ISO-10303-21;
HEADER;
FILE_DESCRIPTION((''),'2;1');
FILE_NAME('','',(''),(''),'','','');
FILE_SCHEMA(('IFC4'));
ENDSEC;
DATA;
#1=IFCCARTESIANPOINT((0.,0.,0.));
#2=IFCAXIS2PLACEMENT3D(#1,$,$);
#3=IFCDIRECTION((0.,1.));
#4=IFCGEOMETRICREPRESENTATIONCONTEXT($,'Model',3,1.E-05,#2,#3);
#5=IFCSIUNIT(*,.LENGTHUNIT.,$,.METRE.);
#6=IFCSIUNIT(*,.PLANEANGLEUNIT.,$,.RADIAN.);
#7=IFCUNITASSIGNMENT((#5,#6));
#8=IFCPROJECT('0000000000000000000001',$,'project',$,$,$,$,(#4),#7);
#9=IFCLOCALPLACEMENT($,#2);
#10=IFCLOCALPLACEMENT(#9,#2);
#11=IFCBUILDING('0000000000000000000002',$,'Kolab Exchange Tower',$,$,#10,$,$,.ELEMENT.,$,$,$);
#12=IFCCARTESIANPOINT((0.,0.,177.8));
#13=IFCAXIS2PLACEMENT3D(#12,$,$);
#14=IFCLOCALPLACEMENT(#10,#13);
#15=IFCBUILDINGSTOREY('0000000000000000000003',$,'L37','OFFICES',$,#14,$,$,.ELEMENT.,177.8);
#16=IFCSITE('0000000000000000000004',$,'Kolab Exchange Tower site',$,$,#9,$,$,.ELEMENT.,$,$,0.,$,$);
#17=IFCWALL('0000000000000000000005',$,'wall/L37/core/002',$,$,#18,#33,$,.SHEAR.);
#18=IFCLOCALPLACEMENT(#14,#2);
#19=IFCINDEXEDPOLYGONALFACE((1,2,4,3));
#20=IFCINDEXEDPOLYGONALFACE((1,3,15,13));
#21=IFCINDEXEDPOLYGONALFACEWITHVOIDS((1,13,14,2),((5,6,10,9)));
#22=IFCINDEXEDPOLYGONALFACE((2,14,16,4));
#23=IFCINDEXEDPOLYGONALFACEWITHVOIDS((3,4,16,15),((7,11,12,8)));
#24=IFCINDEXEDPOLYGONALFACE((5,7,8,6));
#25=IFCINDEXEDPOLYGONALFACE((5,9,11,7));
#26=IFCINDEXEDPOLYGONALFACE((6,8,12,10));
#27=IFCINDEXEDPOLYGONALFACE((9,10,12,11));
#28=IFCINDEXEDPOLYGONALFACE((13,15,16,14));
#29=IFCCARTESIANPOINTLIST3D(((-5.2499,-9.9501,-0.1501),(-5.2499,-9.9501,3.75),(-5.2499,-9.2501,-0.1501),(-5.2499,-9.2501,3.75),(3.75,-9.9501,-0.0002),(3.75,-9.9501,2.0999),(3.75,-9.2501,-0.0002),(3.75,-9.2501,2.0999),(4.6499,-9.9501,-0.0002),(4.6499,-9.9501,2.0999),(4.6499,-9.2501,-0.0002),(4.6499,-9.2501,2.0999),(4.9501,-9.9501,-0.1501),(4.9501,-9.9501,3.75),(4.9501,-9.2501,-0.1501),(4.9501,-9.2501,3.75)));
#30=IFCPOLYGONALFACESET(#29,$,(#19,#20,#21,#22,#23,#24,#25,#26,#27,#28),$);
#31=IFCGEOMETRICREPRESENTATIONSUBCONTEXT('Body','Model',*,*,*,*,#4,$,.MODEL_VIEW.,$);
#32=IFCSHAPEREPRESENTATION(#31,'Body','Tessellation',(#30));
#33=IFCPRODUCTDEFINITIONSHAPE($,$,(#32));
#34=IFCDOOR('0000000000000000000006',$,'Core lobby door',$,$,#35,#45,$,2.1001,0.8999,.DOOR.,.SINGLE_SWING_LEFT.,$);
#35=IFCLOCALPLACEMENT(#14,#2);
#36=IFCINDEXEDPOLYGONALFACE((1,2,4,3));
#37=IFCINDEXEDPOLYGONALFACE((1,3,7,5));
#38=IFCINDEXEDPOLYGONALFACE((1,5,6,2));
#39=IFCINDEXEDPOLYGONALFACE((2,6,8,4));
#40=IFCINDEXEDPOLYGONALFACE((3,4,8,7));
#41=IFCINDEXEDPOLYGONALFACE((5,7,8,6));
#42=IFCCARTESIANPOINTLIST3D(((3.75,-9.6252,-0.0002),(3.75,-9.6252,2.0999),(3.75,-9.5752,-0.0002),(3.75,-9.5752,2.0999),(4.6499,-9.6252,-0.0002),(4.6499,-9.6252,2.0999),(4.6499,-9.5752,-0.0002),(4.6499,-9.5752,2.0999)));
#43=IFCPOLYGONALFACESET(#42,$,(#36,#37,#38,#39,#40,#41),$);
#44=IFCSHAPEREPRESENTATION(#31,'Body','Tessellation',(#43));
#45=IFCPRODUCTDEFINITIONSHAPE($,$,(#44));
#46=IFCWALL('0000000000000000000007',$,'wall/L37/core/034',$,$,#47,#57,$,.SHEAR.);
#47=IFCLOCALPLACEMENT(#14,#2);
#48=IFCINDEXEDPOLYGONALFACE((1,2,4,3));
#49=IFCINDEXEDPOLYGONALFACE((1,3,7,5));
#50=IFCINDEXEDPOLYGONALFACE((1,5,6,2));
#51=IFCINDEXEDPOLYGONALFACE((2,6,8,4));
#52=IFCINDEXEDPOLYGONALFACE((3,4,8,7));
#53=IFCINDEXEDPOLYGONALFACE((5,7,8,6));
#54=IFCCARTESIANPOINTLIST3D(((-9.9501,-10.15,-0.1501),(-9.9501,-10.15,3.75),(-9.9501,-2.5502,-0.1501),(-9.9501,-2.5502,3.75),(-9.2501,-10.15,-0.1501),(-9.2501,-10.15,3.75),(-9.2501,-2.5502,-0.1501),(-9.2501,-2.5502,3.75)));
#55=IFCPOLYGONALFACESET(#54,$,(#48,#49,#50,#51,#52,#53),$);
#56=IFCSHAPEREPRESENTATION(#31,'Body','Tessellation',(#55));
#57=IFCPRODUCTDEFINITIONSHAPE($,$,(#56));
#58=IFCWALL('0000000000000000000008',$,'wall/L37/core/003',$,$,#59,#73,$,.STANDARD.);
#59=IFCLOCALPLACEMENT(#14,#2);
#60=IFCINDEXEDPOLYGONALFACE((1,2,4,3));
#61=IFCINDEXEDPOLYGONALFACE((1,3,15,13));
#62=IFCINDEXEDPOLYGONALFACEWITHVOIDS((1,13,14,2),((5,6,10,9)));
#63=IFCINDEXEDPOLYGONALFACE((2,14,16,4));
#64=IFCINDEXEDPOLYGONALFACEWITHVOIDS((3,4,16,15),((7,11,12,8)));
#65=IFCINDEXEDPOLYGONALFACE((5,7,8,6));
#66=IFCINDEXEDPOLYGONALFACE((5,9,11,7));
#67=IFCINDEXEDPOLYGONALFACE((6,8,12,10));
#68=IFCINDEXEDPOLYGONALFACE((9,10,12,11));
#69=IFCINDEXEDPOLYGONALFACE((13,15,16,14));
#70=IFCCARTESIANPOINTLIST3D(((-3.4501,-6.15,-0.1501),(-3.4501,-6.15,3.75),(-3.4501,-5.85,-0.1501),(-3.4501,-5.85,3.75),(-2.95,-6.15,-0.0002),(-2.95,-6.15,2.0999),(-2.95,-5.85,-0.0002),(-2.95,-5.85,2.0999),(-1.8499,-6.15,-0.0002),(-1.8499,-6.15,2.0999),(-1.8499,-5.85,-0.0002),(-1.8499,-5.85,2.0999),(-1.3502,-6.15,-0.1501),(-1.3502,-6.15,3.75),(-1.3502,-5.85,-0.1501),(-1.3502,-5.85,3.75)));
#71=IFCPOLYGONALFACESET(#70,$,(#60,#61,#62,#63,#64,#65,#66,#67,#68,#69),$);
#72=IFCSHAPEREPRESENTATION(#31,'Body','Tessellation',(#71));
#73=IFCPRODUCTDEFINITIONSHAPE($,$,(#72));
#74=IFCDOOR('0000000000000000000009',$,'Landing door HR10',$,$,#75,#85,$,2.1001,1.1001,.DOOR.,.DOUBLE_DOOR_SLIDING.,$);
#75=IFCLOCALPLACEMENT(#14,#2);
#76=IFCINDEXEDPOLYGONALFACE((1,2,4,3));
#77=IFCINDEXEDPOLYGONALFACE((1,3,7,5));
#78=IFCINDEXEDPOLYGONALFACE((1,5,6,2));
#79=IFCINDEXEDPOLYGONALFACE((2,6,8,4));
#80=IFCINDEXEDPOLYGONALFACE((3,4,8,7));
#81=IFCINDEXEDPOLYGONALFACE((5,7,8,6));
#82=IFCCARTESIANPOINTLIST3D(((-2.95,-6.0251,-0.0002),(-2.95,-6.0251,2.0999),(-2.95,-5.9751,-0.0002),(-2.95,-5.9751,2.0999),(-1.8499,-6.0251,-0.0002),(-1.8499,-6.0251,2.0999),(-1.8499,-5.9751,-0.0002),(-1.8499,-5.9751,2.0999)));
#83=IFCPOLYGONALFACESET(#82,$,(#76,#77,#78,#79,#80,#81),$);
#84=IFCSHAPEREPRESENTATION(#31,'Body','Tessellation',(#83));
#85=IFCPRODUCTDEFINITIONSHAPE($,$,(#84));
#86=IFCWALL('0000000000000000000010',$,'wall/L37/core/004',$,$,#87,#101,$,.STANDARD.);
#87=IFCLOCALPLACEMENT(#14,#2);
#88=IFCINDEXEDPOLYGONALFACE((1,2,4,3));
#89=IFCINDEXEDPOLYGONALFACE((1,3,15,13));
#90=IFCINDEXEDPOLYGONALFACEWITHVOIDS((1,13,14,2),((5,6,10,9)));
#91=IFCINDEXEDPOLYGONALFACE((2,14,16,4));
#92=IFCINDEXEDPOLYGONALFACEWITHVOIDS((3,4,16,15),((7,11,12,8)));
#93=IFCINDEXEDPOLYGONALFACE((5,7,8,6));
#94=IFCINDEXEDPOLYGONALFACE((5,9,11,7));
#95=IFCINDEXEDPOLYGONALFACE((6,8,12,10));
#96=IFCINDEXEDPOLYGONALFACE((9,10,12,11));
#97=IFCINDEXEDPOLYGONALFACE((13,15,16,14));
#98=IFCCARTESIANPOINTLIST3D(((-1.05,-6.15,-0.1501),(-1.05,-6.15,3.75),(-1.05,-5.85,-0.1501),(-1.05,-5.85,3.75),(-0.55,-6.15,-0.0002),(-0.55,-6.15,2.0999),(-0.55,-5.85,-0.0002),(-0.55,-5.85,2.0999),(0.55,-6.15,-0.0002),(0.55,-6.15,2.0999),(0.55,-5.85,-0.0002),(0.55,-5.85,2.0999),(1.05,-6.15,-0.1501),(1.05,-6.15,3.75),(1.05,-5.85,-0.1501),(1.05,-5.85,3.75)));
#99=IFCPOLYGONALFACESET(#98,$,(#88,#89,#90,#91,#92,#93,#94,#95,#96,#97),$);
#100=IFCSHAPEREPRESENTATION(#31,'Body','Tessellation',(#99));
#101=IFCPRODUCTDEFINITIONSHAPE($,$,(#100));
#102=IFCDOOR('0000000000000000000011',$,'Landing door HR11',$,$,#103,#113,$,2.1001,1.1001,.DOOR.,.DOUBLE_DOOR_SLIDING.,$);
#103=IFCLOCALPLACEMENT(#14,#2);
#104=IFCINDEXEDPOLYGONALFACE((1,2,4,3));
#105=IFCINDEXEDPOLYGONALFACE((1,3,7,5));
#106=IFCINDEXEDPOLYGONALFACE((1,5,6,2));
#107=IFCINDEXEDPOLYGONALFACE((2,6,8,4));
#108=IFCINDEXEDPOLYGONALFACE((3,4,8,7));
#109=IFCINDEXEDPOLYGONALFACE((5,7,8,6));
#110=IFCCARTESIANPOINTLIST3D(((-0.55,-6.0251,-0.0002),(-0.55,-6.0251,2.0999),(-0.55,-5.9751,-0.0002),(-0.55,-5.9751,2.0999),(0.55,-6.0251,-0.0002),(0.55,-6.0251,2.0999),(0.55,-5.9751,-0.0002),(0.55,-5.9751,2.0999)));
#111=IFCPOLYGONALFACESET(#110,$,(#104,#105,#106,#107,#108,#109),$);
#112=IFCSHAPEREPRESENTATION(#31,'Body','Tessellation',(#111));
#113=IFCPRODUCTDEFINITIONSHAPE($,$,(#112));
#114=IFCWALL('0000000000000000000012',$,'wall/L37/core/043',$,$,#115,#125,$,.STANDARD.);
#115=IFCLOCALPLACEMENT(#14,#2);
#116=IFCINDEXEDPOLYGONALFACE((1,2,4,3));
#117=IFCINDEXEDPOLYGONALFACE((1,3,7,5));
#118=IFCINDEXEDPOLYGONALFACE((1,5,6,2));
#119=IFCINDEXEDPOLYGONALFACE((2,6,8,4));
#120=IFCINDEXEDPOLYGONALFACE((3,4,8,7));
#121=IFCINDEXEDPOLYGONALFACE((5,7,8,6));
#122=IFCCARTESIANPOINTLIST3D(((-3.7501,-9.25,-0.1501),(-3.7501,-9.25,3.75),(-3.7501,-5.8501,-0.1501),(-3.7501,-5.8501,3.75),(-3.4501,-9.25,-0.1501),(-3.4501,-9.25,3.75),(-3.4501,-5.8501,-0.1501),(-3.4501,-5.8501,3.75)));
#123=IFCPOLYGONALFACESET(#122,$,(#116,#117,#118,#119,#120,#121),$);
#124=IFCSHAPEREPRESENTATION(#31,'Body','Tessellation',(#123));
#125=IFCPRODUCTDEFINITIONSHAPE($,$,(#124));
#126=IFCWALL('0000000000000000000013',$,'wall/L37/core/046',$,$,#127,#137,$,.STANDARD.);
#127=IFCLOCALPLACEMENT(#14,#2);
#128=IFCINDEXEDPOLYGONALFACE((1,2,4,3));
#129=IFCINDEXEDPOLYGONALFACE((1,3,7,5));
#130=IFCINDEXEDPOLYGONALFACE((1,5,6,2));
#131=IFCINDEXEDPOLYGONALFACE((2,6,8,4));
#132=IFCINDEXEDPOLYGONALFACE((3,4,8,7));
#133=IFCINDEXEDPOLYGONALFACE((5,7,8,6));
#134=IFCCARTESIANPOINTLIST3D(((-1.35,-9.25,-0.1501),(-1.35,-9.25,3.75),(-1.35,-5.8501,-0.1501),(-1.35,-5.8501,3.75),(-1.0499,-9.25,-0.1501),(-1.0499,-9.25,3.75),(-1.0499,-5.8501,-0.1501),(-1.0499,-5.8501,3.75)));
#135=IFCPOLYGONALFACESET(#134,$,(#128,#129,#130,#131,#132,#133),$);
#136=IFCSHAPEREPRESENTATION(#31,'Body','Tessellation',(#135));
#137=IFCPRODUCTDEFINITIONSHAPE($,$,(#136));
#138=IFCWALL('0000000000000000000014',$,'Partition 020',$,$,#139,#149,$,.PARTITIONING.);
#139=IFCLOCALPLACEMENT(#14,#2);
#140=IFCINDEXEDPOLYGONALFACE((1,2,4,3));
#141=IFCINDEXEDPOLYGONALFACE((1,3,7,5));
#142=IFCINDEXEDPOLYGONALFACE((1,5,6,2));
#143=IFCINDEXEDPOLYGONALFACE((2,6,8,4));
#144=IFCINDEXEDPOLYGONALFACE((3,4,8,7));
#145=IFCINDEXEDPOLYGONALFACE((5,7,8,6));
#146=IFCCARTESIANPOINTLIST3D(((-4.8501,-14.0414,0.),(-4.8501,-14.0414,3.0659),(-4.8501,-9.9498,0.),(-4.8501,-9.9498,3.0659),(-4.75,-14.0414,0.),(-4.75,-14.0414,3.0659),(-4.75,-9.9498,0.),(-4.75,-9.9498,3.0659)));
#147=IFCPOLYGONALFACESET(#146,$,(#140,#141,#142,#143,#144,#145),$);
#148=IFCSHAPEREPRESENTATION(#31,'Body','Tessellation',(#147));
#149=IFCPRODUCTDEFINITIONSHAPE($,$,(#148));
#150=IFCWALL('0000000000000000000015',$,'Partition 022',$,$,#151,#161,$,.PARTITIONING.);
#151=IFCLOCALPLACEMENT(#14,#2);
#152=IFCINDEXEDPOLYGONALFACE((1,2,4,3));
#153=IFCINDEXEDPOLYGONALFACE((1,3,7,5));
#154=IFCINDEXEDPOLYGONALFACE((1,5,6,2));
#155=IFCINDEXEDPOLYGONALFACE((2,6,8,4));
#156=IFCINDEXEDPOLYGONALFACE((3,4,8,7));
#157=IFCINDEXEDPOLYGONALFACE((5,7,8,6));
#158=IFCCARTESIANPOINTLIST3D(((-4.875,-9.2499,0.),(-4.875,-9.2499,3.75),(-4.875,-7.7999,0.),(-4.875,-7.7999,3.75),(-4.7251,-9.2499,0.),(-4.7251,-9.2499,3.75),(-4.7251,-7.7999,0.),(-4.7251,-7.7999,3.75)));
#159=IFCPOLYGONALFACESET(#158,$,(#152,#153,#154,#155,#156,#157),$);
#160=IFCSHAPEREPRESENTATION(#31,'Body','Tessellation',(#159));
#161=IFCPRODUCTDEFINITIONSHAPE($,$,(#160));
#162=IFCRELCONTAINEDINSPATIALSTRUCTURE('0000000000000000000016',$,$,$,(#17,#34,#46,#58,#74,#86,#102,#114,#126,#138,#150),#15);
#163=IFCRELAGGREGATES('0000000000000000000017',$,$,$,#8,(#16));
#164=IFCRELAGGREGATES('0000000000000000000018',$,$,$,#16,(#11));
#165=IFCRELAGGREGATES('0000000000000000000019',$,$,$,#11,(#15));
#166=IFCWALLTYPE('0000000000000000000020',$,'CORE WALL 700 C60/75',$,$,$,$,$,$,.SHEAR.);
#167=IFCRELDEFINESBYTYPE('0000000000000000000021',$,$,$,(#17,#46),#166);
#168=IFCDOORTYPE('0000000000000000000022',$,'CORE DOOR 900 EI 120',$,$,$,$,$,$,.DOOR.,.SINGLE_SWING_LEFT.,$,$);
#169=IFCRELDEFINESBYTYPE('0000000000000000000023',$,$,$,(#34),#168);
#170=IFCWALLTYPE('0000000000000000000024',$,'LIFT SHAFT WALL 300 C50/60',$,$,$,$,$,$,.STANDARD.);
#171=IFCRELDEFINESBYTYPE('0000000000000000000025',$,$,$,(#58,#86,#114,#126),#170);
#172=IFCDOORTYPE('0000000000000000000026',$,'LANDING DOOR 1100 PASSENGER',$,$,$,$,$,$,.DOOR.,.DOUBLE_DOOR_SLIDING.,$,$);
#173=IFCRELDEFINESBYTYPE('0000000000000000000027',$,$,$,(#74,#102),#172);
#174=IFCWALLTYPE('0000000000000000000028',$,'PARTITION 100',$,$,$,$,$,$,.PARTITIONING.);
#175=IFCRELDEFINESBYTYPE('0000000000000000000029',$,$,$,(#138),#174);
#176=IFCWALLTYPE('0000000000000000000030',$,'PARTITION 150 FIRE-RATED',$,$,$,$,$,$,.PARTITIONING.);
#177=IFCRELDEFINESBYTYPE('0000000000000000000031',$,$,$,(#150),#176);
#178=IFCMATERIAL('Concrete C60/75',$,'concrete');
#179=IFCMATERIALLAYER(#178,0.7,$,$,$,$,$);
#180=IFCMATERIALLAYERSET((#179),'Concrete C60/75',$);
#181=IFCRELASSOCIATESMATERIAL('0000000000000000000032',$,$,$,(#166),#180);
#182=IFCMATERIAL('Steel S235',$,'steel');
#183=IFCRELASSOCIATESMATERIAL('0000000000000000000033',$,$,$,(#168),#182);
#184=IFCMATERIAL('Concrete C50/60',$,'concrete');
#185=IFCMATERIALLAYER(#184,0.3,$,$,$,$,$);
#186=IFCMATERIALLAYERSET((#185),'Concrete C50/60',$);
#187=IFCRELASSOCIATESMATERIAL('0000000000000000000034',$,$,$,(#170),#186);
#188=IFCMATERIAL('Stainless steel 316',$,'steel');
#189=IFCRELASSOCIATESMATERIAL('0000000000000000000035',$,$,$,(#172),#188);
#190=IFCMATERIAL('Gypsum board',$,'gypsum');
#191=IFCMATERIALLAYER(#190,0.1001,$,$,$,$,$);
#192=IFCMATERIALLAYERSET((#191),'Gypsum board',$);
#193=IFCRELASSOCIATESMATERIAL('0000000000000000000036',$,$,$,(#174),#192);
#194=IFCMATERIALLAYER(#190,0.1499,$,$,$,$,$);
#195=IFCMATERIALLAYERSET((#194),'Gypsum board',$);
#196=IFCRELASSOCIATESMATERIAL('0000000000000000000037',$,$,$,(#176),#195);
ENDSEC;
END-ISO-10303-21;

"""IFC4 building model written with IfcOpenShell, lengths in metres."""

from ifc_helpers import new_model, si_unit, direction, frame, frame_2d, origin, place, context, subcontext, project, spatial, rectangle, extrude, material, layer, layer_set, type_object, element, fill, save


model = new_model("IFC4")

# Units and contexts
model_context = context("Model", 3, precision=1e-05, world=origin(), true_north=direction((0.0, 1.0)))
body_context = subcontext(model_context, "Body", "Model", "MODEL_VIEW")
ifc_project = project(units=[si_unit("LENGTHUNIT", "METRE"), si_unit("PLANEANGLEUNIT", "RADIAN")], contexts=[model_context])

# Site, building, storey
site_placement = place(None, origin())
site = spatial("IfcSite", under=ifc_project, at=site_placement, Name="Kolab Exchange Tower site", CompositionType="ELEMENT", RefElevation=0.0)
building_placement = place(site_placement, origin())
building = spatial("IfcBuilding", under=site, at=building_placement, Name="Kolab Exchange Tower", CompositionType="ELEMENT")
storey_placement = place(building_placement, frame((0.0, 0.0, 177.8)))
storey = spatial("IfcBuildingStorey", under=building, at=storey_placement, Name="L37", Description="OFFICES", CompositionType="ELEMENT", Elevation=177.8)

# Wall, opening, door
ifc_material_1 = material(Name="Concrete C60/75", Category="concrete")
ifc_layer_1 = layer(ifc_material_1, 0.7)
ifc_layer_set_1 = layer_set([ifc_layer_1], Name="Concrete C60/75")
wall_type_1 = type_object("IfcWallType", Name="CORE WALL 700 C60/75", PredefinedType="SHEAR", material=ifc_layer_set_1)
wall_1_placement = place(storey_placement, frame((-5.25, -9.6001, -0.1501), z_axis=(0.0, 0.0, 1.0), x_axis=(1.0, 0.0, 0.0)))
wall_1 = element("IfcWall", 1, at=wall_1_placement, inside=storey, type_object=wall_type_1, Name="wall/L37/core/002", PredefinedType="SHEAR", context=body_context, shape_type="SweptSolid", body=[
    extrude(rectangle(XDim=10.2, YDim=0.7, at=frame_2d((5.1001, 0.0))), origin(), (0.0, 0.0, 1.0), 3.9001),
])
opening_1_placement = place(wall_1_placement, frame((9.0, 0.0, 0.1499)))
opening_1 = element("IfcOpeningElement", 2, at=opening_1_placement, cuts=wall_1, PredefinedType="OPENING", context=body_context, shape_type="SweptSolid", body=[
    extrude(rectangle(XDim=0.8999, YDim=2.1001, at=frame_2d((0.45, 1.05))), frame((0.0, 0.3599, 0.0), z_axis=(0.0, -1.0, 0.0), x_axis=(1.0, 0.0, 0.0)), (0.0, 0.0, 1.0), 0.72),
])
ifc_material_2 = material(Name="Steel S235", Category="steel")
door_type_1 = type_object("IfcDoorType", Name="CORE DOOR 900 EI 120", OperationType="SINGLE_SWING_LEFT", PredefinedType="DOOR", material=ifc_material_2)
door_1_placement = place(opening_1_placement, origin())
door_1 = element("IfcDoor", 3, at=door_1_placement, inside=storey, type_object=door_type_1, Name="Core lobby door", OperationType="SINGLE_SWING_LEFT", OverallHeight=2.1001, OverallWidth=0.8999, PredefinedType="DOOR", context=body_context, shape_type="SweptSolid", body=[
    extrude(rectangle(XDim=0.8999, YDim=2.1001, at=frame_2d((0.45, 1.05))), frame((0.0, 0.0249, 0.0), z_axis=(0.0, -1.0, 0.0), x_axis=(1.0, 0.0, 0.0)), (0.0, 0.0, 1.0), 0.05),
])
fill(opening_1, door_1)

# Wall
wall_2_placement = place(storey_placement, frame((-9.6001, -10.1499, -0.1501), z_axis=(0.0, 0.0, 1.0), x_axis=(0.0, 1.0, 0.0)))
element("IfcWall", 4, at=wall_2_placement, inside=storey, type_object=wall_type_1, Name="wall/L37/core/034", PredefinedType="SHEAR", context=body_context, shape_type="SweptSolid", body=[
    extrude(rectangle(XDim=7.5999, YDim=0.7, at=frame_2d((3.7998, 0.0))), origin(), (0.0, 0.0, 1.0), 3.9001),
])

# Walls, openings, doors
ifc_material_3 = material(Name="Concrete C50/60", Category="concrete")
ifc_layer_2 = layer(ifc_material_3, 0.3)
ifc_layer_set_2 = layer_set([ifc_layer_2], Name="Concrete C50/60")
wall_type_2 = type_object("IfcWallType", Name="LIFT SHAFT WALL 300 C50/60", PredefinedType="STANDARD", material=ifc_layer_set_2)
wall_3_placement = place(storey_placement, frame((-3.45, -6.0, -0.1501), z_axis=(0.0, 0.0, 1.0), x_axis=(1.0, 0.0, 0.0)))
wall_3 = element("IfcWall", 5, at=wall_3_placement, inside=storey, type_object=wall_type_2, Name="wall/L37/core/003", PredefinedType="STANDARD", context=body_context, shape_type="SweptSolid", body=[
    extrude(rectangle(XDim=2.0999, YDim=0.3, at=frame_2d((1.0498, 0.0))), origin(), (0.0, 0.0, 1.0), 3.9001),
])
opening_2_placement = place(wall_3_placement, frame((0.5, 0.0, 0.1499)))
opening_2 = element("IfcOpeningElement", 6, at=opening_2_placement, cuts=wall_3, PredefinedType="OPENING", context=body_context, shape_type="SweptSolid", body=[
    extrude(rectangle(XDim=1.1001, YDim=2.1001, at=frame_2d((0.55, 1.05))), frame((0.0, 0.1602, 0.0), z_axis=(0.0, -1.0, 0.0), x_axis=(1.0, 0.0, 0.0)), (0.0, 0.0, 1.0), 0.3201),
])
ifc_material_4 = material(Name="Stainless steel 316", Category="steel")
door_type_2 = type_object("IfcDoorType", Name="LANDING DOOR 1100 PASSENGER", OperationType="DOUBLE_DOOR_SLIDING", PredefinedType="DOOR", material=ifc_material_4)
door_2_placement = place(opening_2_placement, origin())
door_2 = element("IfcDoor", 7, at=door_2_placement, inside=storey, type_object=door_type_2, Name="Landing door HR10", OperationType="DOUBLE_DOOR_SLIDING", OverallHeight=2.1001, OverallWidth=1.1001, PredefinedType="DOOR", context=body_context, shape_type="SweptSolid", body=[
    extrude(rectangle(XDim=1.1001, YDim=2.1001, at=frame_2d((0.55, 1.05))), frame((0.0, 0.0249, 0.0), z_axis=(0.0, -1.0, 0.0), x_axis=(1.0, 0.0, 0.0)), (0.0, 0.0, 1.0), 0.05),
])
fill(opening_2, door_2)
wall_4_placement = place(storey_placement, frame((-1.05, -6.0, -0.1501), z_axis=(0.0, 0.0, 1.0), x_axis=(1.0, 0.0, 0.0)))
wall_4 = element("IfcWall", 8, at=wall_4_placement, inside=storey, type_object=wall_type_2, Name="wall/L37/core/004", PredefinedType="STANDARD", context=body_context, shape_type="SweptSolid", body=[
    extrude(rectangle(XDim=2.1001, YDim=0.3, at=frame_2d((1.05, 0.0))), origin(), (0.0, 0.0, 1.0), 3.9001),
])
opening_3_placement = place(wall_4_placement, frame((0.5, 0.0, 0.1499)))
opening_3 = element("IfcOpeningElement", 9, at=opening_3_placement, cuts=wall_4, PredefinedType="OPENING", context=body_context, shape_type="SweptSolid", body=[
    extrude(rectangle(XDim=1.1001, YDim=2.1001, at=frame_2d((0.55, 1.05))), frame((0.0, 0.1602, 0.0), z_axis=(0.0, -1.0, 0.0), x_axis=(1.0, 0.0, 0.0)), (0.0, 0.0, 1.0), 0.3201),
])
door_3_placement = place(opening_3_placement, origin())
door_3 = element("IfcDoor", 10, at=door_3_placement, inside=storey, type_object=door_type_2, Name="Landing door HR11", OperationType="DOUBLE_DOOR_SLIDING", OverallHeight=2.1001, OverallWidth=1.1001, PredefinedType="DOOR", context=body_context, shape_type="SweptSolid", body=[
    extrude(rectangle(XDim=1.1001, YDim=2.1001, at=frame_2d((0.55, 1.05))), frame((0.0, 0.0249, 0.0), z_axis=(0.0, -1.0, 0.0), x_axis=(1.0, 0.0, 0.0)), (0.0, 0.0, 1.0), 0.05),
])
fill(opening_3, door_3)

# Walls
for number, where, z_axis, x_axis, name in (
    (11, (-3.6001, -9.25, -0.1501), (0.0, 0.0, 1.0), (0.0, 1.0, 0.0), "wall/L37/core/043"),
    (12, (-1.2, -9.25, -0.1501), (0.0, 0.0, 1.0), (0.0, 1.0, 0.0), "wall/L37/core/046"),
):
    element("IfcWall", number, at=place(storey_placement, frame(where, z_axis=z_axis, x_axis=x_axis)), inside=storey, type_object=wall_type_2, Name=name, PredefinedType="STANDARD", context=body_context, shape_type="SweptSolid", body=[
        extrude(rectangle(XDim=3.3999, YDim=0.3, at=frame_2d((1.7, 0.0))), origin(), (0.0, 0.0, 1.0), 3.9001),
    ])
ifc_material_5 = material(Name="Gypsum board", Category="gypsum")
ifc_layer_3 = layer(ifc_material_5, 0.1001)
ifc_layer_set_3 = layer_set([ifc_layer_3], Name="Gypsum board")
wall_type_3 = type_object("IfcWallType", Name="PARTITION 100", PredefinedType="PARTITIONING", material=ifc_layer_set_3)
wall_5_placement = place(storey_placement, frame((-4.8, -14.0415, 0.0), z_axis=(0.0, 0.0, 1.0), x_axis=(0.0, 1.0, 0.0)))
element("IfcWall", 13, at=wall_5_placement, inside=storey, type_object=wall_type_3, Name="Partition 020", PredefinedType="PARTITIONING", context=body_context, shape_type="SweptSolid", body=[
    extrude(rectangle(XDim=4.0916, YDim=0.1001, at=frame_2d((2.0459, 0.0))), origin(), (0.0, 0.0, 1.0), 3.0659),
])
ifc_layer_4 = layer(ifc_material_5, 0.1499)
ifc_layer_set_4 = layer_set([ifc_layer_4], Name="Gypsum board")
wall_type_4 = type_object("IfcWallType", Name="PARTITION 150 FIRE-RATED", PredefinedType="PARTITIONING", material=ifc_layer_set_4)
wall_6_placement = place(storey_placement, frame((-4.8, -9.25, 0.0), z_axis=(0.0, 0.0, 1.0), x_axis=(0.0, 1.0, 0.0)))
element("IfcWall", 14, at=wall_6_placement, inside=storey, type_object=wall_type_4, Name="Partition 022", PredefinedType="PARTITIONING", context=body_context, shape_type="SweptSolid", body=[
    extrude(rectangle(XDim=1.45, YDim=0.1499, at=frame_2d((0.7251, 0.0))), origin(), (0.0, 0.0, 1.0), 3.75),
])

save(model, "model.ifc")
